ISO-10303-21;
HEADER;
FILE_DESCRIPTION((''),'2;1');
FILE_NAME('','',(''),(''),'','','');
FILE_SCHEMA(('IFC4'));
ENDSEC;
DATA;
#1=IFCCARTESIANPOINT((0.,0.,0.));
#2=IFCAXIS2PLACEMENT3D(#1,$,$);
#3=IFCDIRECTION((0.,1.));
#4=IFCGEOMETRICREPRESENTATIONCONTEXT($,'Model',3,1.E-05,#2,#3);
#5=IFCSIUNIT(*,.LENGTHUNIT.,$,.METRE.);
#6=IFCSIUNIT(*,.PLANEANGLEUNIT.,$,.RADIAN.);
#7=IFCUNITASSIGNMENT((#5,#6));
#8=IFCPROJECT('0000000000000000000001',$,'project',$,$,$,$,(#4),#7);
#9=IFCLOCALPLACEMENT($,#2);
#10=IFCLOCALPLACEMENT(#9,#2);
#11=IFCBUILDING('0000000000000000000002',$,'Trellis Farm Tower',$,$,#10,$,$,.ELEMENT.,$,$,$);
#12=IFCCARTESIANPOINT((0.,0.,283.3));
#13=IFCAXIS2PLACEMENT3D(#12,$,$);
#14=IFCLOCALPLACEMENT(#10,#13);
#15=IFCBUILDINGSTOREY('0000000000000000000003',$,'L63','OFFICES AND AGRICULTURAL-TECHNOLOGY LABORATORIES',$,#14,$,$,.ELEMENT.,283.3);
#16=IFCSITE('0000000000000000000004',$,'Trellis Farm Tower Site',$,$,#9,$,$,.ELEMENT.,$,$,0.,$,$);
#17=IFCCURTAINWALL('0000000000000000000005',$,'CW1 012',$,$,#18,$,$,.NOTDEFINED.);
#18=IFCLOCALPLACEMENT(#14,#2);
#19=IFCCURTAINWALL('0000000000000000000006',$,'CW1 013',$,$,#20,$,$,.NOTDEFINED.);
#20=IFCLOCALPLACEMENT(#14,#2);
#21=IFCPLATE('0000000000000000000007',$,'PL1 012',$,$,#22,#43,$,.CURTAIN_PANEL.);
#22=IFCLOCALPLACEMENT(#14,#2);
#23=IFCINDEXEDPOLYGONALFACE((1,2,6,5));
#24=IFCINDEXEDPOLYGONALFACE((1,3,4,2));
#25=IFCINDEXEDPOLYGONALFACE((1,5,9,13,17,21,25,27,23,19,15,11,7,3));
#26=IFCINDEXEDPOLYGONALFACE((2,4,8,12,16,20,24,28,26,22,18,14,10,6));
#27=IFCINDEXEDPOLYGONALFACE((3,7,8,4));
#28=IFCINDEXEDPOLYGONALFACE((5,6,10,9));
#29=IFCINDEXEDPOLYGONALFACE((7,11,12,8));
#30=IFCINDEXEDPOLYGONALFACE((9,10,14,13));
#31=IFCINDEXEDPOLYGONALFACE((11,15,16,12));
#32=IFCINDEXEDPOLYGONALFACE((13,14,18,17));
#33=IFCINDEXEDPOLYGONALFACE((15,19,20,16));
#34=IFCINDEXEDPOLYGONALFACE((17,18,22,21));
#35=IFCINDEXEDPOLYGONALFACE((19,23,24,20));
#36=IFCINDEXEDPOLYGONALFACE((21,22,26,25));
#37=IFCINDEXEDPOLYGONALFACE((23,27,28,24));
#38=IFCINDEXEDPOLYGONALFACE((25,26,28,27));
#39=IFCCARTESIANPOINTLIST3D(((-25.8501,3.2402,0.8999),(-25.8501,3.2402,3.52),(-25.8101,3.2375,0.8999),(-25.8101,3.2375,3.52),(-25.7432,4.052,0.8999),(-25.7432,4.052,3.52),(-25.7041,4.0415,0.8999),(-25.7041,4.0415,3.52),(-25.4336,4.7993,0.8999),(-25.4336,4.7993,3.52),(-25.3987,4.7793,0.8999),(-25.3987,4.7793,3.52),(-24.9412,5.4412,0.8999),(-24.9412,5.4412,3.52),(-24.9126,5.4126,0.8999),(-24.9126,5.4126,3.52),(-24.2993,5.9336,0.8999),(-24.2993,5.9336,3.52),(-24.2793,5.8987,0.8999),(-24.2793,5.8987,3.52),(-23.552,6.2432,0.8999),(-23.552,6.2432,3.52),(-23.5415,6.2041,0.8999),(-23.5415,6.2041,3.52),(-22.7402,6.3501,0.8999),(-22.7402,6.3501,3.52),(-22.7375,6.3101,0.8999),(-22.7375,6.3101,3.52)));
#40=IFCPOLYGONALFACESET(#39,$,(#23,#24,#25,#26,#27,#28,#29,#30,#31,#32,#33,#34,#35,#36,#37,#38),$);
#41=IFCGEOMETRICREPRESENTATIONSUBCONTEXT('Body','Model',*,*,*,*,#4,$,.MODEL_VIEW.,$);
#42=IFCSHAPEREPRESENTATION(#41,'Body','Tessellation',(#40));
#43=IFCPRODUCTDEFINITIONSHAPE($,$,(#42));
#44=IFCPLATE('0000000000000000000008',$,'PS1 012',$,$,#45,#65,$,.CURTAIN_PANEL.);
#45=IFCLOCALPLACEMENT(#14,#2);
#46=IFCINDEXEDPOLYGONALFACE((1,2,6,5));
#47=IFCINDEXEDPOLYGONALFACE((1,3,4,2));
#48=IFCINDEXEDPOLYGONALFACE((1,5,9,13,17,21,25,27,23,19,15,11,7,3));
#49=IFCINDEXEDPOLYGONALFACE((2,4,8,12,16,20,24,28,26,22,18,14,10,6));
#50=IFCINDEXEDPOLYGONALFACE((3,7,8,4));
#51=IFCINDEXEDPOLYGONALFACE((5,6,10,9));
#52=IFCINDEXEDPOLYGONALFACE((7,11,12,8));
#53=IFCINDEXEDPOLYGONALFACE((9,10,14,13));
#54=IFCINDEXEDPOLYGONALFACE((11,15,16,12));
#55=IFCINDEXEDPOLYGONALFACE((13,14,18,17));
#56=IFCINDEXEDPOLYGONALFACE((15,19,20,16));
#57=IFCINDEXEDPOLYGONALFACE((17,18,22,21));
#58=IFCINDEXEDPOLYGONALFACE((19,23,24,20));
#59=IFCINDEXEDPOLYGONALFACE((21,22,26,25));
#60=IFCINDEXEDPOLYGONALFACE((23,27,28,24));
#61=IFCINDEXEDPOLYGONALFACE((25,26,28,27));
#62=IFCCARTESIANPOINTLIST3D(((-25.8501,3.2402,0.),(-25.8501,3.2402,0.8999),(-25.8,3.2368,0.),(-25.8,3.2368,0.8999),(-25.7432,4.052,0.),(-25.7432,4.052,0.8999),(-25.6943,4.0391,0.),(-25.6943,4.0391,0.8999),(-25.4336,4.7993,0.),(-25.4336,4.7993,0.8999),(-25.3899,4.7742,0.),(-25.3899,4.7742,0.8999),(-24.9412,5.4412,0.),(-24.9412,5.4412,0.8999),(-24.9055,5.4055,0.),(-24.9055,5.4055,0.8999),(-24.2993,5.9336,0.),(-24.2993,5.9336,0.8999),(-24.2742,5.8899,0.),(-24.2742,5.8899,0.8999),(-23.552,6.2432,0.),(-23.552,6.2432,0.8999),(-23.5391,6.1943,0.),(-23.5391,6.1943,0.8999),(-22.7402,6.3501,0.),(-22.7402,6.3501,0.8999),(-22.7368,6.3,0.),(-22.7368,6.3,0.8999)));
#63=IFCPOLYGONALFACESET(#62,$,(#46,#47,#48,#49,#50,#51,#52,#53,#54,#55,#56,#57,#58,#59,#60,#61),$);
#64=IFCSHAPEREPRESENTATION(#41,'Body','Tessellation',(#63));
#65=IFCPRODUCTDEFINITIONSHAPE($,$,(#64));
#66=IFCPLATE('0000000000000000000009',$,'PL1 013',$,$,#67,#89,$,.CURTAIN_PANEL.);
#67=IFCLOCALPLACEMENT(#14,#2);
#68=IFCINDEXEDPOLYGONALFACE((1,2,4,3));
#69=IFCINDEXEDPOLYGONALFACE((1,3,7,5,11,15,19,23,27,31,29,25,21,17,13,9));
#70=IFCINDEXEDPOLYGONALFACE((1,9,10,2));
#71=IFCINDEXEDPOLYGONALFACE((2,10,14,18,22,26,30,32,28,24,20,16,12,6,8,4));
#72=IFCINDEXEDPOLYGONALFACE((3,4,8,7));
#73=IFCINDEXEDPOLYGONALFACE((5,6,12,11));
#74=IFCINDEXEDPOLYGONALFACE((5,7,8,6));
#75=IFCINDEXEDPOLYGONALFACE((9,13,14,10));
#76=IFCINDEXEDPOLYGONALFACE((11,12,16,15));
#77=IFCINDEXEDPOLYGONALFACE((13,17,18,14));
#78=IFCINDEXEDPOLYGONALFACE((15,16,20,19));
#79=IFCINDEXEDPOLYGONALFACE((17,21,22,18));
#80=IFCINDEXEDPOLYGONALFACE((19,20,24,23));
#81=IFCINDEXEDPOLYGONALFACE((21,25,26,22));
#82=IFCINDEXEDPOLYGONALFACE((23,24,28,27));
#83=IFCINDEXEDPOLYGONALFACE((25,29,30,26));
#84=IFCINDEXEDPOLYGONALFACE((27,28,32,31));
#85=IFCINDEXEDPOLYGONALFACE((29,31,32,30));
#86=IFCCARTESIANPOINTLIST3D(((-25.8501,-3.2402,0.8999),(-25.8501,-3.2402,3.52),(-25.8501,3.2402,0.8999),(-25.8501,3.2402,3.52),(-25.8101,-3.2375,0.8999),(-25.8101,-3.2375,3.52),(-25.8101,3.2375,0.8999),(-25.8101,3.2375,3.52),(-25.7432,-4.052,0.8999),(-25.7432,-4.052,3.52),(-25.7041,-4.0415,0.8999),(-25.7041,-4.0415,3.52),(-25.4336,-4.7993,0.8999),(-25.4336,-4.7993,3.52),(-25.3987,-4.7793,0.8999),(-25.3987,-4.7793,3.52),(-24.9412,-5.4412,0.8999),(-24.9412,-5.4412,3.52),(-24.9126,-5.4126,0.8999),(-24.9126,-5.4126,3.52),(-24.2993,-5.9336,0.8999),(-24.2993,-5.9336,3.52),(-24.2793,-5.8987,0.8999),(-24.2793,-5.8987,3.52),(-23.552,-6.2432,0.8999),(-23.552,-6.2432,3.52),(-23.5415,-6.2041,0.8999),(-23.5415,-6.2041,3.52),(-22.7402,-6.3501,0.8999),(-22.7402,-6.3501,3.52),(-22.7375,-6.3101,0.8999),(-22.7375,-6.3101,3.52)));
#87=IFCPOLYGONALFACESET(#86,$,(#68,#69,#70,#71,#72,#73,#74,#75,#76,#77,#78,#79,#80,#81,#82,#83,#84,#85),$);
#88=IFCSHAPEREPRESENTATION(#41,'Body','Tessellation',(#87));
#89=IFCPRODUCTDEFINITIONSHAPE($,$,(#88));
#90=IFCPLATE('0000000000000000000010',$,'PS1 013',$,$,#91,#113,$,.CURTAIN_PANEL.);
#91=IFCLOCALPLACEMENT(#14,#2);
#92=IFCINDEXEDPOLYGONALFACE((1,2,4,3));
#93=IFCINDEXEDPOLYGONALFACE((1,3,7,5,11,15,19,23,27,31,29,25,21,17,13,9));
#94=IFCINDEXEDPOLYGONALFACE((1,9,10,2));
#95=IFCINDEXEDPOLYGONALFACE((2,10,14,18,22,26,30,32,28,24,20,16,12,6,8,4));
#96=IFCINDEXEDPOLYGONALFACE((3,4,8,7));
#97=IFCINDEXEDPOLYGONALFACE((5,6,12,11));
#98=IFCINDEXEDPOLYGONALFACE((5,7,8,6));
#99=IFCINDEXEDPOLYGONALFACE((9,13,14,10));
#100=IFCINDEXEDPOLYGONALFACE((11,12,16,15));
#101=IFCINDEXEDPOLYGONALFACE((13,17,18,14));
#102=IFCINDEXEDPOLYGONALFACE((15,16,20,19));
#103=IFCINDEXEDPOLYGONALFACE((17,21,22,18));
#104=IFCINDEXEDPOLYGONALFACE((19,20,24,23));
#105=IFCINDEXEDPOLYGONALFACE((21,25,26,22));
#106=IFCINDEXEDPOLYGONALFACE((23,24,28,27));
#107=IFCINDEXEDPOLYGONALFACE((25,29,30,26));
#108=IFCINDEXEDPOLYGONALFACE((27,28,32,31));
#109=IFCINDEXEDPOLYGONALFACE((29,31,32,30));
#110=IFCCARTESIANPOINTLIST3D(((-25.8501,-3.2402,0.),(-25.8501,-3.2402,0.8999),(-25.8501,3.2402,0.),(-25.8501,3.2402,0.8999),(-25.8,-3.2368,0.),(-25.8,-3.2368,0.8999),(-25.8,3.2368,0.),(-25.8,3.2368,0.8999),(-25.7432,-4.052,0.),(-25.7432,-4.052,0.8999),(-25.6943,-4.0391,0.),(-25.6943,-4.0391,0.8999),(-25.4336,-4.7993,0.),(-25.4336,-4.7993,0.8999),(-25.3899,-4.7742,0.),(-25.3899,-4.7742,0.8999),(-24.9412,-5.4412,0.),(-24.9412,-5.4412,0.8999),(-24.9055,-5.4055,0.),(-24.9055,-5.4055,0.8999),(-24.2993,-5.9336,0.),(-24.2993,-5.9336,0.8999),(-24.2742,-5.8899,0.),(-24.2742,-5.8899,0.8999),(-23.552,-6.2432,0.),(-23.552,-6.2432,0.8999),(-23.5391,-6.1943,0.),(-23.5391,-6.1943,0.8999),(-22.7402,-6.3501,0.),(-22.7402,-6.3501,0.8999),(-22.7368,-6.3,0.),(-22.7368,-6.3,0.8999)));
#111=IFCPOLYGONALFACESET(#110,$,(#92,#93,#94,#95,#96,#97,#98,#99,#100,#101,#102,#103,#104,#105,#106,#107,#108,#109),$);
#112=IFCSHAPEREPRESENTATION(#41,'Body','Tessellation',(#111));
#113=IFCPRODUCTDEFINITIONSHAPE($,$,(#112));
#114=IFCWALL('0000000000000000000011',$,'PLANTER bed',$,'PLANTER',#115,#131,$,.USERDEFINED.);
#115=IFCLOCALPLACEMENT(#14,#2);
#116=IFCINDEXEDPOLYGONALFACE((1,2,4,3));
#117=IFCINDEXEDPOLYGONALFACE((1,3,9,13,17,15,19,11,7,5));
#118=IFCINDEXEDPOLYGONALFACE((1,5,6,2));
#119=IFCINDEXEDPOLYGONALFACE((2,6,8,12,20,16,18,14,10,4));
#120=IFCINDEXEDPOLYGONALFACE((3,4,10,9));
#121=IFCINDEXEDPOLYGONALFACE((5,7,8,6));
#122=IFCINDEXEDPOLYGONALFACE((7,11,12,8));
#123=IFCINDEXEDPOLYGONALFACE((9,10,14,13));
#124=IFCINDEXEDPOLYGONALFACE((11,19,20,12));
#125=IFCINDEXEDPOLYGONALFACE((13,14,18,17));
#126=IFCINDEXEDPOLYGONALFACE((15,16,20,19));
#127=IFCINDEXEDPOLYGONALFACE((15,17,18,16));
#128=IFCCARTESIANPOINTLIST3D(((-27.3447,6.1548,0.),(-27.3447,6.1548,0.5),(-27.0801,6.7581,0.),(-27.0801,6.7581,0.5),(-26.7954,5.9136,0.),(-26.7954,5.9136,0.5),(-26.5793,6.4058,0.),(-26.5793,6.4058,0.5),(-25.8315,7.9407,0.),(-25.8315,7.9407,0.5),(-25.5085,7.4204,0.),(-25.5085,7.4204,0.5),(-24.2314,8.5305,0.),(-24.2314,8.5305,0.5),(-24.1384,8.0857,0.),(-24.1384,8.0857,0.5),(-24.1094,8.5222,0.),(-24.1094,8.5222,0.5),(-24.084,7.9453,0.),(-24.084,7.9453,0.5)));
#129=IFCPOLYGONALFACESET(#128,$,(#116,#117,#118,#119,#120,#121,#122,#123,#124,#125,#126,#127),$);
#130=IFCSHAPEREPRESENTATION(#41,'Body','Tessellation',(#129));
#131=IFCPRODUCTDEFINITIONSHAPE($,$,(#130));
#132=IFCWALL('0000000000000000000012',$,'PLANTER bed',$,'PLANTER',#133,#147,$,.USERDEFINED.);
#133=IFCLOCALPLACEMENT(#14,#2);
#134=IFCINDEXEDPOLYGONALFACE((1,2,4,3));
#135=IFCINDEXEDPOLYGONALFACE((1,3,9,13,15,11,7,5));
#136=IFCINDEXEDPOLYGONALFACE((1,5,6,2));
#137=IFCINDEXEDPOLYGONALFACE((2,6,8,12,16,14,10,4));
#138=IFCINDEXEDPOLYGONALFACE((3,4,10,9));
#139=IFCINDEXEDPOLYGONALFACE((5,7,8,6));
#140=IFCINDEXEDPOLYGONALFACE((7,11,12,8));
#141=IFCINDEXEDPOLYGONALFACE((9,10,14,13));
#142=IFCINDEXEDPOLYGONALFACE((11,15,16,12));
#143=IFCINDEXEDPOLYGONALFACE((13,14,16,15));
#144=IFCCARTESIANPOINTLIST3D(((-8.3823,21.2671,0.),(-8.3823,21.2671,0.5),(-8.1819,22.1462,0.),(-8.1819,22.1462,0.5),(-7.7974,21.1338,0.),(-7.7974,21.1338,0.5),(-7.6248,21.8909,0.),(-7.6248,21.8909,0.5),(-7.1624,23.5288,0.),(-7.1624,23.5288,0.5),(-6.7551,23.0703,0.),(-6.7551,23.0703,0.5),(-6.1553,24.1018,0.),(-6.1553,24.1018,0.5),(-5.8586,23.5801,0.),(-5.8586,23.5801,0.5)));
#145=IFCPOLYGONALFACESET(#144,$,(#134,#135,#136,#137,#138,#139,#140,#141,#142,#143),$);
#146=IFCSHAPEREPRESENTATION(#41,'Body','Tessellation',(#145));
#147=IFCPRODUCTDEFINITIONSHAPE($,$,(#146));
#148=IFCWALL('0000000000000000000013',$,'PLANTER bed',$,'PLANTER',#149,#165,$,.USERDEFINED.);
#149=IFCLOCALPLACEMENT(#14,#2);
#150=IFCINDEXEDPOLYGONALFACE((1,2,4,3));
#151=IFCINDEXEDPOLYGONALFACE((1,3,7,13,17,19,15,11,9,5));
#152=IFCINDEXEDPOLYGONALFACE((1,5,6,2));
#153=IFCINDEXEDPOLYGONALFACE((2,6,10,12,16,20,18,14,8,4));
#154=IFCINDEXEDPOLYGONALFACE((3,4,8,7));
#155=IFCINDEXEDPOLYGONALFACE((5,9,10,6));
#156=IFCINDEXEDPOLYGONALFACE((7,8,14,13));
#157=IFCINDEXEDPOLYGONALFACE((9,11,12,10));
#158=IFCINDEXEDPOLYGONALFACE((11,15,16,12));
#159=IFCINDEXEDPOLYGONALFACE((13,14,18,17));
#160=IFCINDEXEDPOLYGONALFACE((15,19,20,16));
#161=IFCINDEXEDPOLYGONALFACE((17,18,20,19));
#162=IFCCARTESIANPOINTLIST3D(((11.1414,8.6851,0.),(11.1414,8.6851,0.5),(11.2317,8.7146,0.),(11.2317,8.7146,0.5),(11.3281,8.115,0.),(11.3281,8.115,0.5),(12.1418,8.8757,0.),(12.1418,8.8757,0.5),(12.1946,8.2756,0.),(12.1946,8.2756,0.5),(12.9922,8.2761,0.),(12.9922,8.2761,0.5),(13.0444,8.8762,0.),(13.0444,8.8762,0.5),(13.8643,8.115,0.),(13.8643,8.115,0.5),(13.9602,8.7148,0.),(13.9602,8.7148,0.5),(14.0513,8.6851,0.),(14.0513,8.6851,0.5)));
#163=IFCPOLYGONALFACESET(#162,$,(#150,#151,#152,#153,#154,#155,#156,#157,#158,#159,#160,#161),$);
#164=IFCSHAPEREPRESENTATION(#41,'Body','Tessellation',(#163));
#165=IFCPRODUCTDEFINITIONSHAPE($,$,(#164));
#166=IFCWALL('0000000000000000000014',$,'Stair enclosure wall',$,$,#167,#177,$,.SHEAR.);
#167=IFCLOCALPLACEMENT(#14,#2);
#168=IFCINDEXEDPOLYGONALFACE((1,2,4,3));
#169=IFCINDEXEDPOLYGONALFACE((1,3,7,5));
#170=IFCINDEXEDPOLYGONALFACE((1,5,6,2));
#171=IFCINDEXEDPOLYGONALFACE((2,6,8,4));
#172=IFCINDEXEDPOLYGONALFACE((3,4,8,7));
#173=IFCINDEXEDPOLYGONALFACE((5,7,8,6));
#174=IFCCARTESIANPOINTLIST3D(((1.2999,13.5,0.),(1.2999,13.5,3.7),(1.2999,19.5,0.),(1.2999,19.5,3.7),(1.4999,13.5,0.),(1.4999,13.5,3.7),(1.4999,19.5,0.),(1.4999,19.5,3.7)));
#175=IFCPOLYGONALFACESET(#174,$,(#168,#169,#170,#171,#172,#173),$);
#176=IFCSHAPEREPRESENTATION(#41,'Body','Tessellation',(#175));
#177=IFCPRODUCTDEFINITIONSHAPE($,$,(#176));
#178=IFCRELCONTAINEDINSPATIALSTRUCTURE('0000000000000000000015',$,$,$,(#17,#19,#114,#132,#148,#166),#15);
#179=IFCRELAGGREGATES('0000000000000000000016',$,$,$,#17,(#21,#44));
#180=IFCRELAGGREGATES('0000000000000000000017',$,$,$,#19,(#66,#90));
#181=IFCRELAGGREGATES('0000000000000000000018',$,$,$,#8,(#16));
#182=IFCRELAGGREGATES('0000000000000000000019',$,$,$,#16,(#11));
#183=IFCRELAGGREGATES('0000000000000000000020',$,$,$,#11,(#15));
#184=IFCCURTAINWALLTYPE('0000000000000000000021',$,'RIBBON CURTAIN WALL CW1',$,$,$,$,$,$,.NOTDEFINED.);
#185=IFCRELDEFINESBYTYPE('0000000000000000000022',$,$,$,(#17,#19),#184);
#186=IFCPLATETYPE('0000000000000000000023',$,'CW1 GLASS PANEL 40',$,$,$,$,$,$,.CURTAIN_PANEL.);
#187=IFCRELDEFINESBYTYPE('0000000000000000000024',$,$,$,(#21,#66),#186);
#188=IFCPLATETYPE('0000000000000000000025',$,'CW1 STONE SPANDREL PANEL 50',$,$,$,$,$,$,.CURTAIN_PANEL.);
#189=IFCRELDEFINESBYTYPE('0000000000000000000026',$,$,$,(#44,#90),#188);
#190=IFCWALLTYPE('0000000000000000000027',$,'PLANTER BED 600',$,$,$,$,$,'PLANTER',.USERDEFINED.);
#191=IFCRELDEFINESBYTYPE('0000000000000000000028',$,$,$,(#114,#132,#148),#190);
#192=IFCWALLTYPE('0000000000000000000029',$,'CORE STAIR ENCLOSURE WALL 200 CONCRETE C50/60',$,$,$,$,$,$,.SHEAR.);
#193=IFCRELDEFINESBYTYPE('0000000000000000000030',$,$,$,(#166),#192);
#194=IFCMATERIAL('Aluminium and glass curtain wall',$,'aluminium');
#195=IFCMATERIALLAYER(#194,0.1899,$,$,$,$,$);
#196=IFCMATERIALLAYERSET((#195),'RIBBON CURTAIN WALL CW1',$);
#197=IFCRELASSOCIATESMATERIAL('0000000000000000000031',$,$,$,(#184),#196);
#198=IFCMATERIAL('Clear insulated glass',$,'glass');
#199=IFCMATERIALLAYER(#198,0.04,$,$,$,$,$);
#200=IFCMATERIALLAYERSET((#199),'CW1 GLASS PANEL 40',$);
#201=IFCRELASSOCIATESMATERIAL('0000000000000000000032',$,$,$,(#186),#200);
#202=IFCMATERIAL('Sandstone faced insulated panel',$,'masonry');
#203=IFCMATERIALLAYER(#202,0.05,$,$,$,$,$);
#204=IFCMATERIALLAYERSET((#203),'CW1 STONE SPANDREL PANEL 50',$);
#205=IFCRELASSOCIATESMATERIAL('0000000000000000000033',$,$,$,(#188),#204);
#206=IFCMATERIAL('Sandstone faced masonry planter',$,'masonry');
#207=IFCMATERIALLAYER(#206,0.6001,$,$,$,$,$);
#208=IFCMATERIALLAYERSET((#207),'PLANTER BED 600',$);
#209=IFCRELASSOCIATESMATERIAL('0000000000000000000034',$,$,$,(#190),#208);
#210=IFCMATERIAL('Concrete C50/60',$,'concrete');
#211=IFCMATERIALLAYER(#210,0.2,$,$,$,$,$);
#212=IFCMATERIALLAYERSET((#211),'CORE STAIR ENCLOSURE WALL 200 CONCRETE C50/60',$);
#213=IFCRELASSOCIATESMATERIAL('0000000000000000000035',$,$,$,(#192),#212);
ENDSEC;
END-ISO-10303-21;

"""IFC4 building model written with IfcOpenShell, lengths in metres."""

from ifc_helpers import new_model, si_unit, direction, frame, frame_2d, origin, place, context, subcontext, project, spatial, polyline, rectangle, outline, extrude, source, transform, mapped, material, layer, layer_set, type_object, element, aggregate, save


model = new_model("IFC4")

# Units and contexts
model_context = context("Model", 3, precision=1e-05, world=origin(), true_north=direction((0.0, 1.0)))
body_context = subcontext(model_context, "Body", "Model", "MODEL_VIEW")
ifc_project = project(units=[si_unit("LENGTHUNIT", "METRE"), si_unit("PLANEANGLEUNIT", "RADIAN")], contexts=[model_context])

# Site, building, storey
site_placement = place(None, origin())
site = spatial("IfcSite", under=ifc_project, at=site_placement, Name="Trellis Farm Tower Site", CompositionType="ELEMENT", RefElevation=0.0)
building_placement = place(site_placement, origin())
building = spatial("IfcBuilding", under=site, at=building_placement, Name="Trellis Farm Tower", CompositionType="ELEMENT")
storey_placement = place(building_placement, frame((0.0, 0.0, 283.3)))
storey = spatial("IfcBuildingStorey", under=building, at=storey_placement, Name="L63", Description="OFFICES AND AGRICULTURAL-TECHNOLOGY LABORATORIES", CompositionType="ELEMENT", Elevation=283.3)

# Curtain walls
ifc_material_1 = material(Name="Aluminium and glass curtain wall", Category="aluminium")
placement_1 = place(storey_placement, origin())
ifc_layer_1 = layer(ifc_material_1, 0.1899)
ifc_layer_set_1 = layer_set([ifc_layer_1], Name="RIBBON CURTAIN WALL CW1")
curtain_wall_type_1 = type_object("IfcCurtainWallType", Name="RIBBON CURTAIN WALL CW1", PredefinedType="NOTDEFINED", material=ifc_layer_set_1)
curtain_wall_1 = element("IfcCurtainWall", 1, at=placement_1, inside=storey, type_object=curtain_wall_type_1, Name="CW1 012", PredefinedType="NOTDEFINED")
curtain_wall_2 = element("IfcCurtainWall", 2, at=placement_1, inside=storey, type_object=curtain_wall_type_1, Name="CW1 013", PredefinedType="NOTDEFINED")

# Plates
ifc_material_2 = material(Name="Clear insulated glass", Category="glass")
ifc_layer_2 = layer(ifc_material_2, 0.04)
ifc_layer_set_2 = layer_set([ifc_layer_2], Name="CW1 GLASS PANEL 40")
plate_type_1 = type_object("IfcPlateType", Name="CW1 GLASS PANEL 40", PredefinedType="CURTAIN_PANEL", material=ifc_layer_set_2)
placement_2 = place(storey_placement, frame((0.0, 0.0, 0.8999)))
ifc_material_3 = material(Name="Sandstone faced insulated panel", Category="masonry")
ifc_layer_3 = layer(ifc_material_3, 0.05)
ifc_layer_set_3 = layer_set([ifc_layer_3], Name="CW1 STONE SPANDREL PANEL 50")
plate_type_2 = type_object("IfcPlateType", Name="CW1 STONE SPANDREL PANEL 50", PredefinedType="CURTAIN_PANEL", material=ifc_layer_set_3)
shared_shape_1 = source(origin(), body_context, "Body", "SweptSolid", [
    extrude(outline(polyline([(-22.7402, 6.3501), (-23.552, 6.2432), (-24.2993, 5.9336), (-24.9412, 5.4412), (-25.4336, 4.7993), (-25.7432, 4.052), (-25.8501, 3.2402), (-25.8101, 3.2375), (-25.7041, 4.0415), (-25.3987, 4.7793), (-24.9126, 5.4126), (-24.2793, 5.8987), (-23.5415, 6.2041), (-22.7375, 6.3101), (-22.7402, 6.3501)])), origin(), (0.0, 0.0, 1.0), 2.6201),
])
plate_1 = element("IfcPlate", 3, at=placement_2, type_object=plate_type_1, Name="PL1 012", PredefinedType="CURTAIN_PANEL", context=body_context, shape_type="MappedRepresentation", body=[
    mapped(shared_shape_1, transform((0.0, 0.0, 0.0))),
])
shared_shape_2 = source(origin(), body_context, "Body", "SweptSolid", [
    extrude(outline(polyline([(-22.7402, 6.3501), (-23.552, 6.2432), (-24.2993, 5.9336), (-24.9412, 5.4412), (-25.4336, 4.7993), (-25.7432, 4.052), (-25.8501, 3.2402), (-25.8, 3.2368), (-25.6943, 4.0391), (-25.3899, 4.7742), (-24.9055, 5.4055), (-24.2742, 5.8899), (-23.5391, 6.1943), (-22.7368, 6.3), (-22.7402, 6.3501)])), origin(), (0.0, 0.0, 1.0), 0.8999),
])
plate_2 = element("IfcPlate", 4, at=placement_1, type_object=plate_type_2, Name="PS1 012", PredefinedType="CURTAIN_PANEL", context=body_context, shape_type="MappedRepresentation", body=[
    mapped(shared_shape_2, transform((0.0, 0.0, 0.0))),
])
aggregate(curtain_wall_1, [plate_1, plate_2])
shared_shape_3 = source(origin(), body_context, "Body", "SweptSolid", [
    extrude(outline(polyline([(-25.8501, 3.2402), (-25.8501, -3.2402), (-25.7432, -4.052), (-25.4336, -4.7993), (-24.9412, -5.4412), (-24.2993, -5.9336), (-23.552, -6.2432), (-22.7402, -6.3501), (-22.7375, -6.3101), (-23.5415, -6.2041), (-24.2793, -5.8987), (-24.9126, -5.4126), (-25.3987, -4.7793), (-25.7041, -4.0415), (-25.8101, -3.2375), (-25.8101, 3.2375), (-25.8501, 3.2402)])), origin(), (0.0, 0.0, 1.0), 2.6201),
])
plate_3 = element("IfcPlate", 5, at=placement_2, type_object=plate_type_1, Name="PL1 013", PredefinedType="CURTAIN_PANEL", context=body_context, shape_type="MappedRepresentation", body=[
    mapped(shared_shape_3, transform((0.0, 0.0, 0.0))),
])
shared_shape_4 = source(origin(), body_context, "Body", "SweptSolid", [
    extrude(outline(polyline([(-25.8501, 3.2402), (-25.8501, -3.2402), (-25.7432, -4.052), (-25.4336, -4.7993), (-24.9412, -5.4412), (-24.2993, -5.9336), (-23.552, -6.2432), (-22.7402, -6.3501), (-22.7368, -6.3), (-23.5391, -6.1943), (-24.2742, -5.8899), (-24.9055, -5.4055), (-25.3899, -4.7742), (-25.6943, -4.0391), (-25.8, -3.2368), (-25.8, 3.2368), (-25.8501, 3.2402)])), origin(), (0.0, 0.0, 1.0), 0.8999),
])
plate_4 = element("IfcPlate", 6, at=placement_1, type_object=plate_type_2, Name="PS1 013", PredefinedType="CURTAIN_PANEL", context=body_context, shape_type="MappedRepresentation", body=[
    mapped(shared_shape_4, transform((0.0, 0.0, 0.0))),
])
aggregate(curtain_wall_2, [plate_3, plate_4])

# Walls
ifc_material_4 = material(Name="Sandstone faced masonry planter", Category="masonry")
ifc_layer_4 = layer(ifc_material_4, 0.6001)
ifc_layer_set_4 = layer_set([ifc_layer_4], Name="PLANTER BED 600")
wall_type_1 = type_object("IfcWallType", Name="PLANTER BED 600", ElementType="PLANTER", PredefinedType="USERDEFINED", material=ifc_layer_set_4)
element("IfcWall", 7, at=placement_1, inside=storey, type_object=wall_type_1, Name="PLANTER bed", ObjectType="PLANTER", PredefinedType="USERDEFINED", context=body_context, shape_type="SweptSolid", body=[
    extrude(outline(polyline([(-27.0801, 6.7581), (-25.8315, 7.9407), (-24.2314, 8.5305), (-24.1094, 8.5222), (-24.1384, 8.0857), (-24.084, 7.9453), (-25.5085, 7.4204), (-26.5793, 6.4058), (-26.7954, 5.9136), (-27.3447, 6.1548), (-27.0801, 6.7581)])), origin(), (0.0, 0.0, 1.0), 0.5),
])
element("IfcWall", 8, at=placement_1, inside=storey, type_object=wall_type_1, Name="PLANTER bed", ObjectType="PLANTER", PredefinedType="USERDEFINED", context=body_context, shape_type="SweptSolid", body=[
    extrude(outline(polyline([(-7.1624, 23.5288), (-6.1553, 24.1018), (-5.8586, 23.5801), (-6.7551, 23.0703), (-7.6248, 21.8909), (-7.7974, 21.1338), (-8.3823, 21.2671), (-8.1819, 22.1462), (-7.1624, 23.5288)])), origin(), (0.0, 0.0, 1.0), 0.5),
])
element("IfcWall", 9, at=placement_1, inside=storey, type_object=wall_type_1, Name="PLANTER bed", ObjectType="PLANTER", PredefinedType="USERDEFINED", context=body_context, shape_type="SweptSolid", body=[
    extrude(outline(polyline([(12.1418, 8.8757), (13.0444, 8.8762), (13.9602, 8.7148), (14.0513, 8.6851), (13.8643, 8.115), (12.9922, 8.2761), (12.1946, 8.2756), (11.3281, 8.115), (11.1414, 8.6851), (11.2317, 8.7146), (12.1418, 8.8757)])), origin(), (0.0, 0.0, 1.0), 0.5),
])
ifc_material_5 = material(Name="Concrete C50/60", Category="concrete")
ifc_layer_5 = layer(ifc_material_5, 0.2)
ifc_layer_set_5 = layer_set([ifc_layer_5], Name="CORE STAIR ENCLOSURE WALL 200 CONCRETE C50/60")
wall_type_2 = type_object("IfcWallType", Name="CORE STAIR ENCLOSURE WALL 200 CONCRETE C50/60", PredefinedType="SHEAR", material=ifc_layer_set_5)
shared_shape_5 = source(origin(), body_context, "Body", "SweptSolid", [
    extrude(rectangle(XDim=6.0, YDim=0.2, at=frame_2d((3.0, 0.0))), origin(), (0.0, 0.0, 1.0), 3.7),
])
wall_1_placement = place(storey_placement, frame((1.3999, 13.5, 0.0), z_axis=(0.0, 0.0, 1.0), x_axis=(0.0, 1.0, 0.0)))
element("IfcWall", 10, at=wall_1_placement, inside=storey, type_object=wall_type_2, Name="Stair enclosure wall", PredefinedType="SHEAR", context=body_context, shape_type="MappedRepresentation", body=[
    mapped(shared_shape_5, transform((0.0, 0.0, 0.0))),
])

save(model, "model.ifc")
